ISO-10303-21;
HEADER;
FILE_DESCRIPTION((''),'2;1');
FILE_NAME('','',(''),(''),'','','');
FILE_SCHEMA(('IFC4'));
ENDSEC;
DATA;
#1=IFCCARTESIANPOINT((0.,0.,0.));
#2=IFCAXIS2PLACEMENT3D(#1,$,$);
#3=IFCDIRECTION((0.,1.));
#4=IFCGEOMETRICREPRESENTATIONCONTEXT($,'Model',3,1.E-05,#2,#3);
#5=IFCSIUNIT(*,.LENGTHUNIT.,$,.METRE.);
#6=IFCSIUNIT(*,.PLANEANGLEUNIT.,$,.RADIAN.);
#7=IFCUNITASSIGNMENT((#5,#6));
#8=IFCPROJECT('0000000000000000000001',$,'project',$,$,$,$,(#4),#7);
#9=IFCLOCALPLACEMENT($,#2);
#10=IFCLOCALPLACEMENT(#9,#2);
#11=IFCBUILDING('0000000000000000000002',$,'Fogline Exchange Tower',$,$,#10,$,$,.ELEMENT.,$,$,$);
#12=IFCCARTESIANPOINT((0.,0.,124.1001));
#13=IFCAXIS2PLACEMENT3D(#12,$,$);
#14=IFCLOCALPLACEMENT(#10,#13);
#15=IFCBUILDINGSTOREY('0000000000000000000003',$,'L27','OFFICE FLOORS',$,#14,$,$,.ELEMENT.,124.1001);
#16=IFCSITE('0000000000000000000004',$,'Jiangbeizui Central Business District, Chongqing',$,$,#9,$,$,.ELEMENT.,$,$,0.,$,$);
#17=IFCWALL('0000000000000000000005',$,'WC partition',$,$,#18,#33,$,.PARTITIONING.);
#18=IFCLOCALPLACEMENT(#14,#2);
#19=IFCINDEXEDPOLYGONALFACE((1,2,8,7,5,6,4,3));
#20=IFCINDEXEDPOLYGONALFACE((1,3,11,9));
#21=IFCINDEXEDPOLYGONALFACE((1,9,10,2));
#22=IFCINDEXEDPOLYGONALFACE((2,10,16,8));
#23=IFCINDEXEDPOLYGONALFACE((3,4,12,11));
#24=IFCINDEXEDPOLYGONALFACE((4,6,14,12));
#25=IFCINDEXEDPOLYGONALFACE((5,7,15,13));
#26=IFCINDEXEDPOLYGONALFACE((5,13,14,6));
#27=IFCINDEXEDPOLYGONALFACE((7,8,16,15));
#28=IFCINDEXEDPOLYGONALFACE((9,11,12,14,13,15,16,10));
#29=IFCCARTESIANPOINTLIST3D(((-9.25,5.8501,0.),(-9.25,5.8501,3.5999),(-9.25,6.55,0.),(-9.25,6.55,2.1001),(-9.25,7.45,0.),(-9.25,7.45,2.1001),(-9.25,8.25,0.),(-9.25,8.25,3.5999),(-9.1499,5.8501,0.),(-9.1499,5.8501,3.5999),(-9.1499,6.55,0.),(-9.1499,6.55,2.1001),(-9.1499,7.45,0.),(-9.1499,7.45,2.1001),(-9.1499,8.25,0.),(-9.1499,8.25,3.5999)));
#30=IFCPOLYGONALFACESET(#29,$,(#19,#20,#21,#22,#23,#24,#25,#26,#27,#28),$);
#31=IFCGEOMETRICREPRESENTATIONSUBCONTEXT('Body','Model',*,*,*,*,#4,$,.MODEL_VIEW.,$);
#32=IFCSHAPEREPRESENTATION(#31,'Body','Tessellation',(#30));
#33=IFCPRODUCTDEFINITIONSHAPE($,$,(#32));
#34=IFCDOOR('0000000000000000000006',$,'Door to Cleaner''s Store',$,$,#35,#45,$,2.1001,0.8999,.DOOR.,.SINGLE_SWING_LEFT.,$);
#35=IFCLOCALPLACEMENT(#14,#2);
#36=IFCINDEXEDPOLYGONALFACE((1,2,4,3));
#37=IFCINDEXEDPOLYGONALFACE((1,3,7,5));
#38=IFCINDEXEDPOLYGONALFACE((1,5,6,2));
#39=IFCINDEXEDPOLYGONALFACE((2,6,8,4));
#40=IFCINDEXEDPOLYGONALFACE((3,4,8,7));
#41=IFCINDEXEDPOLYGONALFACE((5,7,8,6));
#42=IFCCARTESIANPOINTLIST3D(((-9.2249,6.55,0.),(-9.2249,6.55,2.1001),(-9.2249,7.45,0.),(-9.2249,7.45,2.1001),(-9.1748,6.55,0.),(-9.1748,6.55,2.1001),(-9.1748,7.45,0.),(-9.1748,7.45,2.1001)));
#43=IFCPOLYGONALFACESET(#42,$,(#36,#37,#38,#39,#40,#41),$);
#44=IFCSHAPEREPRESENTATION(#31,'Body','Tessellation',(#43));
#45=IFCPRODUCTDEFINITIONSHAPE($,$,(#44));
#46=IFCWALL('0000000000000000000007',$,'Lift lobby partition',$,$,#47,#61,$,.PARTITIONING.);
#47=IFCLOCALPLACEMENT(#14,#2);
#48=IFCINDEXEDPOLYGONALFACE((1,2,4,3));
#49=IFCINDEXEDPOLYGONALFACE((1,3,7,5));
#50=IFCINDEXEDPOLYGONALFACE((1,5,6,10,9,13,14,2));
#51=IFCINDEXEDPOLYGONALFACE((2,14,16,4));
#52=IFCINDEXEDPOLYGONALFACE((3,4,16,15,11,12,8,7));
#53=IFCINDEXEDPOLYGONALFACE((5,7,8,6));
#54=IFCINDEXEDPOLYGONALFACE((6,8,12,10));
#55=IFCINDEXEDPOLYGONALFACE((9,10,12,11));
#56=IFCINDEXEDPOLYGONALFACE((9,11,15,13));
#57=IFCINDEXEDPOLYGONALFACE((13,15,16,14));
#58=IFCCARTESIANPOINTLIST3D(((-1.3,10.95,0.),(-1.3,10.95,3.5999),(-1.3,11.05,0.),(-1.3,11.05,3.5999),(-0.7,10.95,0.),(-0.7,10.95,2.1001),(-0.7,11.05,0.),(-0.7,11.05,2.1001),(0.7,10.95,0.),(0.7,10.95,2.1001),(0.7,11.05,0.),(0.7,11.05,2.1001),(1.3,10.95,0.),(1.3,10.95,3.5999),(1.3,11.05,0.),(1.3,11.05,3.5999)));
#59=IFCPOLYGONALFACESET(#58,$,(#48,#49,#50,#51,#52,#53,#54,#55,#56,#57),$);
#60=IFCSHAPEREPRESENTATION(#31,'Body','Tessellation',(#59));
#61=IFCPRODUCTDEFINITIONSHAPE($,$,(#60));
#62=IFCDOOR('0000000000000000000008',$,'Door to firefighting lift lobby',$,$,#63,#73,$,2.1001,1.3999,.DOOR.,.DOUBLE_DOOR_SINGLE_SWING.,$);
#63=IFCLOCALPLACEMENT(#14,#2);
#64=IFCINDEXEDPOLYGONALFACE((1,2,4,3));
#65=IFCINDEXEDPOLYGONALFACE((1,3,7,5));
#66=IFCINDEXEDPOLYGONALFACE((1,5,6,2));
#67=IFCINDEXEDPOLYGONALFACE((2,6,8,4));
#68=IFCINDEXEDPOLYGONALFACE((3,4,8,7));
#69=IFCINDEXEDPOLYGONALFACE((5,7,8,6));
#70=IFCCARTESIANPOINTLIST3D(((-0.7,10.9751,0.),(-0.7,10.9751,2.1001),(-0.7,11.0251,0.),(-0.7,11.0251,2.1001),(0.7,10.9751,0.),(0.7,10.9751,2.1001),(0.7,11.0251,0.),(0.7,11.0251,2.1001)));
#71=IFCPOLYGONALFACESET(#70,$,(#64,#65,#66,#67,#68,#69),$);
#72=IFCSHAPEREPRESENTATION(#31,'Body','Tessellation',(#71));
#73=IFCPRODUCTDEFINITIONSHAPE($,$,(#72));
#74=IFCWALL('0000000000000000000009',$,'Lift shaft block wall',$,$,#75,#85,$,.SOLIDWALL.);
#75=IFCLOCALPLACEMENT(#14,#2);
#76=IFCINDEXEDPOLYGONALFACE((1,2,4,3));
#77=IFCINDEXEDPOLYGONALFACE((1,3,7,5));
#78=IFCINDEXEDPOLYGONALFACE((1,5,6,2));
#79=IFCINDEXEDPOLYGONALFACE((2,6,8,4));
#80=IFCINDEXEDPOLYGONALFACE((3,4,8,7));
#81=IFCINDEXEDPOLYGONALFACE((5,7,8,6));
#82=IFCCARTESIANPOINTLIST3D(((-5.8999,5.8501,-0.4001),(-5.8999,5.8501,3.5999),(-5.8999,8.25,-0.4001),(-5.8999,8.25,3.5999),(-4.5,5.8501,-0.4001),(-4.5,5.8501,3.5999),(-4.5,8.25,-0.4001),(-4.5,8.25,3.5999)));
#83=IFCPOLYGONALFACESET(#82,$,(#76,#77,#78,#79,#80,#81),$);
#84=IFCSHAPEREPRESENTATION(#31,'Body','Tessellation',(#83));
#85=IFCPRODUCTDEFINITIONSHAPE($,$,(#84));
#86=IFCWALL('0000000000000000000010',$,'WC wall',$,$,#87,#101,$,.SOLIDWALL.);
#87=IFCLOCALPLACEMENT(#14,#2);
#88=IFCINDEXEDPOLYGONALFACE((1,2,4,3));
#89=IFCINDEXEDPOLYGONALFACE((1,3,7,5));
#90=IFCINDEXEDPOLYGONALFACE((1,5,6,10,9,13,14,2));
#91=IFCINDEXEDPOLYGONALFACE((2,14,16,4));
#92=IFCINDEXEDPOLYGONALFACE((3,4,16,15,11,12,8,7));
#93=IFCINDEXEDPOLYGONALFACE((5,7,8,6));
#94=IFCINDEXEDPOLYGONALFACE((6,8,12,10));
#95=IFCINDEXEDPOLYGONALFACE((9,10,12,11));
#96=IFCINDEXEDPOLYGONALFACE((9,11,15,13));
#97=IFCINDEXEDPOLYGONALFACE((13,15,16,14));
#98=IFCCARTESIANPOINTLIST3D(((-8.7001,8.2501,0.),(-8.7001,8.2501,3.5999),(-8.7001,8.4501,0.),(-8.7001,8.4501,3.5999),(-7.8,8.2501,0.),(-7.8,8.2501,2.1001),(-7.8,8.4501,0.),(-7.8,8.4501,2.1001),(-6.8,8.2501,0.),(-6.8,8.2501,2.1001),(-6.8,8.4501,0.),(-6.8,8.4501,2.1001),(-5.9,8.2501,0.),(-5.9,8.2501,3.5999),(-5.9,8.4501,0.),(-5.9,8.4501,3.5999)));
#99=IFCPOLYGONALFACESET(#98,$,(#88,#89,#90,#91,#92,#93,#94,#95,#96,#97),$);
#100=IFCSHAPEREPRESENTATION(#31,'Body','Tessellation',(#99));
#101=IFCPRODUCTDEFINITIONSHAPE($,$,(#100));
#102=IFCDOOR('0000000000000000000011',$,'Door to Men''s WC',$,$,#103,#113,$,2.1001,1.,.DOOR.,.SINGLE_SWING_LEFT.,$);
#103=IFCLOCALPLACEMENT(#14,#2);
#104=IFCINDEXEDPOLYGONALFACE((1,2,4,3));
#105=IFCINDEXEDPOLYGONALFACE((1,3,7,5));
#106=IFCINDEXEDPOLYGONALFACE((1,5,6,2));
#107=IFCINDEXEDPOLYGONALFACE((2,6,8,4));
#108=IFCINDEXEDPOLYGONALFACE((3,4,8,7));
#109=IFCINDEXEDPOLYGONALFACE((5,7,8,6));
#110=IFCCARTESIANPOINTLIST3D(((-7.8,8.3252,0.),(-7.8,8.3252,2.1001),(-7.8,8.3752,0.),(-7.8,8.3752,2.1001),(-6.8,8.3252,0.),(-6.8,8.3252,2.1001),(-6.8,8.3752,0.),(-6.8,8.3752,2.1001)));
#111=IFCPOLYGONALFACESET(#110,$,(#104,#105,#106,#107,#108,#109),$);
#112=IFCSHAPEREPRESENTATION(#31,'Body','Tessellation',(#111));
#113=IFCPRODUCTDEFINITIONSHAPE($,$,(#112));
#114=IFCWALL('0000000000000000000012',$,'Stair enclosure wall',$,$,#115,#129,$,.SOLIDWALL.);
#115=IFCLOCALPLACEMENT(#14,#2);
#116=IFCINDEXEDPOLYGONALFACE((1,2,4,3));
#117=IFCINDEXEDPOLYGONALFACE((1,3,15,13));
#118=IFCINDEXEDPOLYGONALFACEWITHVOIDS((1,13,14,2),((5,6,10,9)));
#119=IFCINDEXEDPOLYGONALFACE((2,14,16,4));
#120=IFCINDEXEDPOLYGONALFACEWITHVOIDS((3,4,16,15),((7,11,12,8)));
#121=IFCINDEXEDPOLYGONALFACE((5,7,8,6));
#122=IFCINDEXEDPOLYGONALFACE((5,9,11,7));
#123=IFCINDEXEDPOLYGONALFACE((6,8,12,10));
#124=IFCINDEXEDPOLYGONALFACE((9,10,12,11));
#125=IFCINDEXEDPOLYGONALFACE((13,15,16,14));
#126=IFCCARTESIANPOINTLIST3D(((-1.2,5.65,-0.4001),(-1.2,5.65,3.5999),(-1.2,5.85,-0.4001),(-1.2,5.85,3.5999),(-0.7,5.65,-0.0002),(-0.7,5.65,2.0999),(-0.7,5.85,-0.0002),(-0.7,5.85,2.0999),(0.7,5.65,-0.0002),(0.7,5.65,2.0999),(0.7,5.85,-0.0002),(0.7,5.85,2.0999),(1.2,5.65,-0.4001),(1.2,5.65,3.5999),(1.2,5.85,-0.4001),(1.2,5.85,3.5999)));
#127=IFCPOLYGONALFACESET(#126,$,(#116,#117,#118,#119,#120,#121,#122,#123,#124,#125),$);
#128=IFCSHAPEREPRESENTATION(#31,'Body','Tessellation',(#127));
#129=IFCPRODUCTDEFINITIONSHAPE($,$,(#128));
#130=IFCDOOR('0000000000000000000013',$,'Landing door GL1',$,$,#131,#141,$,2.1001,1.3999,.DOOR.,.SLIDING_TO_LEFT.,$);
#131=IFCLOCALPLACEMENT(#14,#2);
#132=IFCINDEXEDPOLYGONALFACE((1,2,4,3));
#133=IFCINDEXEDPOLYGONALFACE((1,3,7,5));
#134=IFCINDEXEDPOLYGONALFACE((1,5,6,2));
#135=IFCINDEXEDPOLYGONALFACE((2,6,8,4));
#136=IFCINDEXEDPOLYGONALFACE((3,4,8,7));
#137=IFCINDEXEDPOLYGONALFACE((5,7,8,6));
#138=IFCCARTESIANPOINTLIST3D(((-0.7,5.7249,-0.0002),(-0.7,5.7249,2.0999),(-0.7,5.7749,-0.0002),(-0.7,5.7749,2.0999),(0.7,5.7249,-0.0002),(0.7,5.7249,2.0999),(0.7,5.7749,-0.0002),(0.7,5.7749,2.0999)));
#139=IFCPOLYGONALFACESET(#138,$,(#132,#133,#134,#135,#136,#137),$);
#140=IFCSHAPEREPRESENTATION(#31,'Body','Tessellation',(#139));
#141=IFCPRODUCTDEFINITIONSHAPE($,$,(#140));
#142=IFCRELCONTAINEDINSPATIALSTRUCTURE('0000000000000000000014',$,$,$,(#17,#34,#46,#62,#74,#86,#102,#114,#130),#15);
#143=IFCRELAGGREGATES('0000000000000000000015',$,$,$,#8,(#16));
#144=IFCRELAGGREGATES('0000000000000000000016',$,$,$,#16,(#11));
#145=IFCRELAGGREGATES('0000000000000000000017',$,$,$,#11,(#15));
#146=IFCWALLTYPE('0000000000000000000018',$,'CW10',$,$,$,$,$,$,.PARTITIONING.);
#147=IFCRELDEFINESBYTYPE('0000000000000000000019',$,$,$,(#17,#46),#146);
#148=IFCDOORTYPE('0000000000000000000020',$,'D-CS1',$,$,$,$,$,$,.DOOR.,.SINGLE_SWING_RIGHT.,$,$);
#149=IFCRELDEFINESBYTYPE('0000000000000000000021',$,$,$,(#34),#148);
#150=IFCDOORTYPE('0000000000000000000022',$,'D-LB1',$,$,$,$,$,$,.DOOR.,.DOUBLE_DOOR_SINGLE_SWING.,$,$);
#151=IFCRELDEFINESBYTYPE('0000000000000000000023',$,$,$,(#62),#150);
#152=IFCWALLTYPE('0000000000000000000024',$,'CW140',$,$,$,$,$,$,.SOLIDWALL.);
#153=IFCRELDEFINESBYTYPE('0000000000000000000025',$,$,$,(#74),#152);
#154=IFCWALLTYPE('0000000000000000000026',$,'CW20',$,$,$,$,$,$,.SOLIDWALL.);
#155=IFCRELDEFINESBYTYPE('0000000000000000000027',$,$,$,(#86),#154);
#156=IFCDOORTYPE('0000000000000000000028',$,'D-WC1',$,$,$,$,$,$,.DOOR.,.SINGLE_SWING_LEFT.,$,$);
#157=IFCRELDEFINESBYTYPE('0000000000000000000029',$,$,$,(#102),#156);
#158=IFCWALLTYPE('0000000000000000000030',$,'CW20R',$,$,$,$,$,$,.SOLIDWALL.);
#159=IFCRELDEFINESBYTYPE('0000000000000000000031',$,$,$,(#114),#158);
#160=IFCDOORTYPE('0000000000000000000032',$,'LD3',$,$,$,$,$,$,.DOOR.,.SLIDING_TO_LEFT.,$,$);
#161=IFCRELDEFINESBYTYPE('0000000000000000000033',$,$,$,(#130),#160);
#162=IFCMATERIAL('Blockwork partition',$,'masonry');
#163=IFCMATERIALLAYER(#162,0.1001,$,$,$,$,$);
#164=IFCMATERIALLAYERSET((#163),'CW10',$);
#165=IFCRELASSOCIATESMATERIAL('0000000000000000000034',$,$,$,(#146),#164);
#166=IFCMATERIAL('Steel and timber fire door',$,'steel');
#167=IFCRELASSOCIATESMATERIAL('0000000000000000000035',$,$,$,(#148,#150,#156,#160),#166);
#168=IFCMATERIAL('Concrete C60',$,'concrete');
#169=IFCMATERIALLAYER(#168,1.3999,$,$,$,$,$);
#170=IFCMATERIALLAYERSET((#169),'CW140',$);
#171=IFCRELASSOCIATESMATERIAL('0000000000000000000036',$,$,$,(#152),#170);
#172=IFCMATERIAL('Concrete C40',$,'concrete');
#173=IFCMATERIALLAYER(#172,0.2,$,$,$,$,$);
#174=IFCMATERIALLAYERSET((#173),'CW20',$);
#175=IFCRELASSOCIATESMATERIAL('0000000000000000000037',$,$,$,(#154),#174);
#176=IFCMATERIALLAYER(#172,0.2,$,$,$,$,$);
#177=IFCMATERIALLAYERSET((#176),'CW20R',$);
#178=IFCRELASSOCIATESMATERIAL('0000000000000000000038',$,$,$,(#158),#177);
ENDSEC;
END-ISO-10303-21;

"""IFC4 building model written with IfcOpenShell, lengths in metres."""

from ifc_helpers import new_model, si_unit, direction, frame, frame_2d, origin, place, context, subcontext, project, spatial, rectangle, extrude, material, layer, layer_set, type_object, element, fill, save


model = new_model("IFC4")

# Units and contexts
model_context = context("Model", 3, precision=1e-05, world=origin(), true_north=direction((0.0, 1.0)))
body_context = subcontext(model_context, "Body", "Model", "MODEL_VIEW")
ifc_project = project(units=[si_unit("LENGTHUNIT", "METRE"), si_unit("PLANEANGLEUNIT", "RADIAN")], contexts=[model_context])

# Site, building, storey
site_placement = place(None, origin())
site = spatial("IfcSite", under=ifc_project, at=site_placement, Name="Jiangbeizui Central Business District, Chongqing", CompositionType="ELEMENT", RefElevation=0.0)
building_placement = place(site_placement, origin())
building = spatial("IfcBuilding", under=site, at=building_placement, Name="Fogline Exchange Tower", CompositionType="ELEMENT")
storey_placement = place(building_placement, frame((0.0, 0.0, 124.1001)))
storey = spatial("IfcBuildingStorey", under=building, at=storey_placement, Name="L27", Description="OFFICE FLOORS", CompositionType="ELEMENT", Elevation=124.1001)

# Walls, openings, doors
ifc_material_1 = material(Name="Blockwork partition", Category="masonry")
ifc_layer_1 = layer(ifc_material_1, 0.1001)
ifc_layer_set_1 = layer_set([ifc_layer_1], Name="CW10")
wall_type_1 = type_object("IfcWallType", Name="CW10", PredefinedType="PARTITIONING", material=ifc_layer_set_1)
wall_1_placement = place(storey_placement, frame((-9.2, 5.8501, 0.0), z_axis=(0.0, 0.0, 1.0), x_axis=(0.0, 1.0, 0.0)))
wall_1 = element("IfcWall", 1, at=wall_1_placement, inside=storey, type_object=wall_type_1, Name="WC partition", PredefinedType="PARTITIONING", context=body_context, shape_type="SweptSolid", body=[
    extrude(rectangle(XDim=2.3999, YDim=0.1001, at=frame_2d((1.2, 0.0))), origin(), (0.0, 0.0, 1.0), 3.5999),
])
opening_1_placement = place(wall_1_placement, frame((0.7, 0.0, 0.0)))
opening_1 = element("IfcOpeningElement", 2, at=opening_1_placement, cuts=wall_1, PredefinedType="OPENING", context=body_context, shape_type="SweptSolid", body=[
    extrude(rectangle(XDim=0.8999, YDim=2.1001, at=frame_2d((0.45, 1.05))), frame((0.0, 0.0601, 0.0), z_axis=(0.0, -1.0, 0.0), x_axis=(1.0, 0.0, 0.0)), (0.0, 0.0, 1.0), 0.1201),
])
ifc_material_2 = material(Name="Steel and timber fire door", Category="steel")
door_type_1 = type_object("IfcDoorType", Name="D-CS1", OperationType="SINGLE_SWING_RIGHT", PredefinedType="DOOR", material=ifc_material_2)
door_1_placement = place(opening_1_placement, origin())
door_1 = element("IfcDoor", 3, at=door_1_placement, inside=storey, type_object=door_type_1, Name="Door to Cleaner's Store", OperationType="SINGLE_SWING_LEFT", OverallHeight=2.1001, OverallWidth=0.8999, PredefinedType="DOOR", context=body_context, shape_type="SweptSolid", body=[
    extrude(rectangle(XDim=0.8999, YDim=2.1001, at=frame_2d((0.45, 1.05))), frame((0.0, 0.0249, 0.0), z_axis=(0.0, -1.0, 0.0), x_axis=(1.0, 0.0, 0.0)), (0.0, 0.0, 1.0), 0.05),
])
fill(opening_1, door_1)
wall_2_placement = place(storey_placement, frame((-1.3, 11.0, 0.0), z_axis=(0.0, 0.0, 1.0), x_axis=(1.0, 0.0, 0.0)))
wall_2 = element("IfcWall", 4, at=wall_2_placement, inside=storey, type_object=wall_type_1, Name="Lift lobby partition", PredefinedType="PARTITIONING", context=body_context, shape_type="SweptSolid", body=[
    extrude(rectangle(XDim=2.6001, YDim=0.1001, at=frame_2d((1.3, 0.0))), origin(), (0.0, 0.0, 1.0), 3.5999),
])
opening_2_placement = place(wall_2_placement, frame((0.6001, 0.0, 0.0)))
opening_2 = element("IfcOpeningElement", 5, at=opening_2_placement, cuts=wall_2, PredefinedType="OPENING", context=body_context, shape_type="SweptSolid", body=[
    extrude(rectangle(XDim=1.3999, YDim=2.1001, at=frame_2d((0.7, 1.05))), frame((0.0, 0.0601, 0.0), z_axis=(0.0, -1.0, 0.0), x_axis=(1.0, 0.0, 0.0)), (0.0, 0.0, 1.0), 0.1201),
])
door_type_2 = type_object("IfcDoorType", Name="D-LB1", OperationType="DOUBLE_DOOR_SINGLE_SWING", PredefinedType="DOOR", material=ifc_material_2)
door_2_placement = place(opening_2_placement, frame((1.3999, 0.0, 0.0), z_axis=(0.0, 0.0, 1.0), x_axis=(-1.0, 0.0, 0.0)))
door_2 = element("IfcDoor", 6, at=door_2_placement, inside=storey, type_object=door_type_2, Name="Door to firefighting lift lobby", OperationType="DOUBLE_DOOR_SINGLE_SWING", OverallHeight=2.1001, OverallWidth=1.3999, PredefinedType="DOOR", context=body_context, shape_type="SweptSolid", body=[
    extrude(rectangle(XDim=1.3999, YDim=2.1001, at=frame_2d((0.7, 1.05))), frame((0.0, 0.0249, 0.0), z_axis=(0.0, -1.0, 0.0), x_axis=(1.0, 0.0, 0.0)), (0.0, 0.0, 1.0), 0.05),
])
fill(opening_2, door_2)

# Wall
ifc_material_3 = material(Name="Concrete C60", Category="concrete")
ifc_layer_2 = layer(ifc_material_3, 1.3999)
ifc_layer_set_2 = layer_set([ifc_layer_2], Name="CW140")
wall_type_2 = type_object("IfcWallType", Name="CW140", PredefinedType="SOLIDWALL", material=ifc_layer_set_2)
wall_3_placement = place(storey_placement, frame((-5.2, 5.8501, -0.4001), z_axis=(0.0, 0.0, 1.0), x_axis=(0.0, 1.0, 0.0)))
element("IfcWall", 7, at=wall_3_placement, inside=storey, type_object=wall_type_2, Name="Lift shaft block wall", PredefinedType="SOLIDWALL", context=body_context, shape_type="SweptSolid", body=[
    extrude(rectangle(XDim=2.3999, YDim=1.3999, at=frame_2d((1.2, 0.0))), origin(), (0.0, 0.0, 1.0), 4.0),
])

# Walls, openings, doors
ifc_material_4 = material(Name="Concrete C40", Category="concrete")
ifc_layer_3 = layer(ifc_material_4, 0.2)
ifc_layer_set_3 = layer_set([ifc_layer_3], Name="CW20")
wall_type_3 = type_object("IfcWallType", Name="CW20", PredefinedType="SOLIDWALL", material=ifc_layer_set_3)
wall_4_placement = place(storey_placement, frame((-8.7, 8.3501, 0.0), z_axis=(0.0, 0.0, 1.0), x_axis=(1.0, 0.0, 0.0)))
wall_4 = element("IfcWall", 8, at=wall_4_placement, inside=storey, type_object=wall_type_3, Name="WC wall", PredefinedType="SOLIDWALL", context=body_context, shape_type="SweptSolid", body=[
    extrude(rectangle(XDim=2.8, YDim=0.2, at=frame_2d((1.3999, 0.0))), origin(), (0.0, 0.0, 1.0), 3.5999),
])
opening_3_placement = place(wall_4_placement, frame((0.8999, 0.0, 0.0)))
opening_3 = element("IfcOpeningElement", 9, at=opening_3_placement, cuts=wall_4, PredefinedType="OPENING", context=body_context, shape_type="SweptSolid", body=[
    extrude(rectangle(XDim=1.0, YDim=2.1001, at=frame_2d((0.5, 1.05))), frame((0.0, 0.1099, 0.0), z_axis=(0.0, -1.0, 0.0), x_axis=(1.0, 0.0, 0.0)), (0.0, 0.0, 1.0), 0.22),
])
door_type_3 = type_object("IfcDoorType", Name="D-WC1", OperationType="SINGLE_SWING_LEFT", PredefinedType="DOOR", material=ifc_material_2)
door_3_placement = place(opening_3_placement, frame((1.0, 0.0, 0.0), z_axis=(0.0, 0.0, 1.0), x_axis=(-1.0, 0.0, 0.0)))
door_3 = element("IfcDoor", 10, at=door_3_placement, inside=storey, type_object=door_type_3, Name="Door to Men's WC", OperationType="SINGLE_SWING_LEFT", OverallHeight=2.1001, OverallWidth=1.0, PredefinedType="DOOR", context=body_context, shape_type="SweptSolid", body=[
    extrude(rectangle(XDim=1.0, YDim=2.1001, at=frame_2d((0.5, 1.05))), frame((0.0, 0.0249, 0.0), z_axis=(0.0, -1.0, 0.0), x_axis=(1.0, 0.0, 0.0)), (0.0, 0.0, 1.0), 0.05),
])
fill(opening_3, door_3)
ifc_layer_4 = layer(ifc_material_4, 0.2)
ifc_layer_set_4 = layer_set([ifc_layer_4], Name="CW20R")
wall_type_4 = type_object("IfcWallType", Name="CW20R", PredefinedType="SOLIDWALL", material=ifc_layer_set_4)
wall_5_placement = place(storey_placement, frame((-1.2, 5.75, -0.4001), z_axis=(0.0, 0.0, 1.0), x_axis=(1.0, 0.0, 0.0)))
wall_5 = element("IfcWall", 11, at=wall_5_placement, inside=storey, type_object=wall_type_4, Name="Stair enclosure wall", PredefinedType="SOLIDWALL", context=body_context, shape_type="SweptSolid", body=[
    extrude(rectangle(XDim=2.3999, YDim=0.2, at=frame_2d((1.2, 0.0))), origin(), (0.0, 0.0, 1.0), 4.0),
])
opening_4_placement = place(wall_5_placement, frame((0.5, 0.0, 0.3999)))
opening_4 = element("IfcOpeningElement", 12, at=opening_4_placement, cuts=wall_5, PredefinedType="OPENING", context=body_context, shape_type="SweptSolid", body=[
    extrude(rectangle(XDim=1.3999, YDim=2.1001, at=frame_2d((0.7, 1.05))), frame((0.0, 0.1099, 0.0), z_axis=(0.0, -1.0, 0.0), x_axis=(1.0, 0.0, 0.0)), (0.0, 0.0, 1.0), 0.22),
])
door_type_4 = type_object("IfcDoorType", Name="LD3", OperationType="SLIDING_TO_LEFT", PredefinedType="DOOR", material=ifc_material_2)
door_4_placement = place(opening_4_placement, origin())
door_4 = element("IfcDoor", 13, at=door_4_placement, inside=storey, type_object=door_type_4, Name="Landing door GL1", OperationType="SLIDING_TO_LEFT", OverallHeight=2.1001, OverallWidth=1.3999, PredefinedType="DOOR", context=body_context, shape_type="SweptSolid", body=[
    extrude(rectangle(XDim=1.3999, YDim=2.1001, at=frame_2d((0.7, 1.05))), frame((0.0, 0.0249, 0.0), z_axis=(0.0, -1.0, 0.0), x_axis=(1.0, 0.0, 0.0)), (0.0, 0.0, 1.0), 0.05),
])
fill(opening_4, door_4)

save(model, "model.ifc")
